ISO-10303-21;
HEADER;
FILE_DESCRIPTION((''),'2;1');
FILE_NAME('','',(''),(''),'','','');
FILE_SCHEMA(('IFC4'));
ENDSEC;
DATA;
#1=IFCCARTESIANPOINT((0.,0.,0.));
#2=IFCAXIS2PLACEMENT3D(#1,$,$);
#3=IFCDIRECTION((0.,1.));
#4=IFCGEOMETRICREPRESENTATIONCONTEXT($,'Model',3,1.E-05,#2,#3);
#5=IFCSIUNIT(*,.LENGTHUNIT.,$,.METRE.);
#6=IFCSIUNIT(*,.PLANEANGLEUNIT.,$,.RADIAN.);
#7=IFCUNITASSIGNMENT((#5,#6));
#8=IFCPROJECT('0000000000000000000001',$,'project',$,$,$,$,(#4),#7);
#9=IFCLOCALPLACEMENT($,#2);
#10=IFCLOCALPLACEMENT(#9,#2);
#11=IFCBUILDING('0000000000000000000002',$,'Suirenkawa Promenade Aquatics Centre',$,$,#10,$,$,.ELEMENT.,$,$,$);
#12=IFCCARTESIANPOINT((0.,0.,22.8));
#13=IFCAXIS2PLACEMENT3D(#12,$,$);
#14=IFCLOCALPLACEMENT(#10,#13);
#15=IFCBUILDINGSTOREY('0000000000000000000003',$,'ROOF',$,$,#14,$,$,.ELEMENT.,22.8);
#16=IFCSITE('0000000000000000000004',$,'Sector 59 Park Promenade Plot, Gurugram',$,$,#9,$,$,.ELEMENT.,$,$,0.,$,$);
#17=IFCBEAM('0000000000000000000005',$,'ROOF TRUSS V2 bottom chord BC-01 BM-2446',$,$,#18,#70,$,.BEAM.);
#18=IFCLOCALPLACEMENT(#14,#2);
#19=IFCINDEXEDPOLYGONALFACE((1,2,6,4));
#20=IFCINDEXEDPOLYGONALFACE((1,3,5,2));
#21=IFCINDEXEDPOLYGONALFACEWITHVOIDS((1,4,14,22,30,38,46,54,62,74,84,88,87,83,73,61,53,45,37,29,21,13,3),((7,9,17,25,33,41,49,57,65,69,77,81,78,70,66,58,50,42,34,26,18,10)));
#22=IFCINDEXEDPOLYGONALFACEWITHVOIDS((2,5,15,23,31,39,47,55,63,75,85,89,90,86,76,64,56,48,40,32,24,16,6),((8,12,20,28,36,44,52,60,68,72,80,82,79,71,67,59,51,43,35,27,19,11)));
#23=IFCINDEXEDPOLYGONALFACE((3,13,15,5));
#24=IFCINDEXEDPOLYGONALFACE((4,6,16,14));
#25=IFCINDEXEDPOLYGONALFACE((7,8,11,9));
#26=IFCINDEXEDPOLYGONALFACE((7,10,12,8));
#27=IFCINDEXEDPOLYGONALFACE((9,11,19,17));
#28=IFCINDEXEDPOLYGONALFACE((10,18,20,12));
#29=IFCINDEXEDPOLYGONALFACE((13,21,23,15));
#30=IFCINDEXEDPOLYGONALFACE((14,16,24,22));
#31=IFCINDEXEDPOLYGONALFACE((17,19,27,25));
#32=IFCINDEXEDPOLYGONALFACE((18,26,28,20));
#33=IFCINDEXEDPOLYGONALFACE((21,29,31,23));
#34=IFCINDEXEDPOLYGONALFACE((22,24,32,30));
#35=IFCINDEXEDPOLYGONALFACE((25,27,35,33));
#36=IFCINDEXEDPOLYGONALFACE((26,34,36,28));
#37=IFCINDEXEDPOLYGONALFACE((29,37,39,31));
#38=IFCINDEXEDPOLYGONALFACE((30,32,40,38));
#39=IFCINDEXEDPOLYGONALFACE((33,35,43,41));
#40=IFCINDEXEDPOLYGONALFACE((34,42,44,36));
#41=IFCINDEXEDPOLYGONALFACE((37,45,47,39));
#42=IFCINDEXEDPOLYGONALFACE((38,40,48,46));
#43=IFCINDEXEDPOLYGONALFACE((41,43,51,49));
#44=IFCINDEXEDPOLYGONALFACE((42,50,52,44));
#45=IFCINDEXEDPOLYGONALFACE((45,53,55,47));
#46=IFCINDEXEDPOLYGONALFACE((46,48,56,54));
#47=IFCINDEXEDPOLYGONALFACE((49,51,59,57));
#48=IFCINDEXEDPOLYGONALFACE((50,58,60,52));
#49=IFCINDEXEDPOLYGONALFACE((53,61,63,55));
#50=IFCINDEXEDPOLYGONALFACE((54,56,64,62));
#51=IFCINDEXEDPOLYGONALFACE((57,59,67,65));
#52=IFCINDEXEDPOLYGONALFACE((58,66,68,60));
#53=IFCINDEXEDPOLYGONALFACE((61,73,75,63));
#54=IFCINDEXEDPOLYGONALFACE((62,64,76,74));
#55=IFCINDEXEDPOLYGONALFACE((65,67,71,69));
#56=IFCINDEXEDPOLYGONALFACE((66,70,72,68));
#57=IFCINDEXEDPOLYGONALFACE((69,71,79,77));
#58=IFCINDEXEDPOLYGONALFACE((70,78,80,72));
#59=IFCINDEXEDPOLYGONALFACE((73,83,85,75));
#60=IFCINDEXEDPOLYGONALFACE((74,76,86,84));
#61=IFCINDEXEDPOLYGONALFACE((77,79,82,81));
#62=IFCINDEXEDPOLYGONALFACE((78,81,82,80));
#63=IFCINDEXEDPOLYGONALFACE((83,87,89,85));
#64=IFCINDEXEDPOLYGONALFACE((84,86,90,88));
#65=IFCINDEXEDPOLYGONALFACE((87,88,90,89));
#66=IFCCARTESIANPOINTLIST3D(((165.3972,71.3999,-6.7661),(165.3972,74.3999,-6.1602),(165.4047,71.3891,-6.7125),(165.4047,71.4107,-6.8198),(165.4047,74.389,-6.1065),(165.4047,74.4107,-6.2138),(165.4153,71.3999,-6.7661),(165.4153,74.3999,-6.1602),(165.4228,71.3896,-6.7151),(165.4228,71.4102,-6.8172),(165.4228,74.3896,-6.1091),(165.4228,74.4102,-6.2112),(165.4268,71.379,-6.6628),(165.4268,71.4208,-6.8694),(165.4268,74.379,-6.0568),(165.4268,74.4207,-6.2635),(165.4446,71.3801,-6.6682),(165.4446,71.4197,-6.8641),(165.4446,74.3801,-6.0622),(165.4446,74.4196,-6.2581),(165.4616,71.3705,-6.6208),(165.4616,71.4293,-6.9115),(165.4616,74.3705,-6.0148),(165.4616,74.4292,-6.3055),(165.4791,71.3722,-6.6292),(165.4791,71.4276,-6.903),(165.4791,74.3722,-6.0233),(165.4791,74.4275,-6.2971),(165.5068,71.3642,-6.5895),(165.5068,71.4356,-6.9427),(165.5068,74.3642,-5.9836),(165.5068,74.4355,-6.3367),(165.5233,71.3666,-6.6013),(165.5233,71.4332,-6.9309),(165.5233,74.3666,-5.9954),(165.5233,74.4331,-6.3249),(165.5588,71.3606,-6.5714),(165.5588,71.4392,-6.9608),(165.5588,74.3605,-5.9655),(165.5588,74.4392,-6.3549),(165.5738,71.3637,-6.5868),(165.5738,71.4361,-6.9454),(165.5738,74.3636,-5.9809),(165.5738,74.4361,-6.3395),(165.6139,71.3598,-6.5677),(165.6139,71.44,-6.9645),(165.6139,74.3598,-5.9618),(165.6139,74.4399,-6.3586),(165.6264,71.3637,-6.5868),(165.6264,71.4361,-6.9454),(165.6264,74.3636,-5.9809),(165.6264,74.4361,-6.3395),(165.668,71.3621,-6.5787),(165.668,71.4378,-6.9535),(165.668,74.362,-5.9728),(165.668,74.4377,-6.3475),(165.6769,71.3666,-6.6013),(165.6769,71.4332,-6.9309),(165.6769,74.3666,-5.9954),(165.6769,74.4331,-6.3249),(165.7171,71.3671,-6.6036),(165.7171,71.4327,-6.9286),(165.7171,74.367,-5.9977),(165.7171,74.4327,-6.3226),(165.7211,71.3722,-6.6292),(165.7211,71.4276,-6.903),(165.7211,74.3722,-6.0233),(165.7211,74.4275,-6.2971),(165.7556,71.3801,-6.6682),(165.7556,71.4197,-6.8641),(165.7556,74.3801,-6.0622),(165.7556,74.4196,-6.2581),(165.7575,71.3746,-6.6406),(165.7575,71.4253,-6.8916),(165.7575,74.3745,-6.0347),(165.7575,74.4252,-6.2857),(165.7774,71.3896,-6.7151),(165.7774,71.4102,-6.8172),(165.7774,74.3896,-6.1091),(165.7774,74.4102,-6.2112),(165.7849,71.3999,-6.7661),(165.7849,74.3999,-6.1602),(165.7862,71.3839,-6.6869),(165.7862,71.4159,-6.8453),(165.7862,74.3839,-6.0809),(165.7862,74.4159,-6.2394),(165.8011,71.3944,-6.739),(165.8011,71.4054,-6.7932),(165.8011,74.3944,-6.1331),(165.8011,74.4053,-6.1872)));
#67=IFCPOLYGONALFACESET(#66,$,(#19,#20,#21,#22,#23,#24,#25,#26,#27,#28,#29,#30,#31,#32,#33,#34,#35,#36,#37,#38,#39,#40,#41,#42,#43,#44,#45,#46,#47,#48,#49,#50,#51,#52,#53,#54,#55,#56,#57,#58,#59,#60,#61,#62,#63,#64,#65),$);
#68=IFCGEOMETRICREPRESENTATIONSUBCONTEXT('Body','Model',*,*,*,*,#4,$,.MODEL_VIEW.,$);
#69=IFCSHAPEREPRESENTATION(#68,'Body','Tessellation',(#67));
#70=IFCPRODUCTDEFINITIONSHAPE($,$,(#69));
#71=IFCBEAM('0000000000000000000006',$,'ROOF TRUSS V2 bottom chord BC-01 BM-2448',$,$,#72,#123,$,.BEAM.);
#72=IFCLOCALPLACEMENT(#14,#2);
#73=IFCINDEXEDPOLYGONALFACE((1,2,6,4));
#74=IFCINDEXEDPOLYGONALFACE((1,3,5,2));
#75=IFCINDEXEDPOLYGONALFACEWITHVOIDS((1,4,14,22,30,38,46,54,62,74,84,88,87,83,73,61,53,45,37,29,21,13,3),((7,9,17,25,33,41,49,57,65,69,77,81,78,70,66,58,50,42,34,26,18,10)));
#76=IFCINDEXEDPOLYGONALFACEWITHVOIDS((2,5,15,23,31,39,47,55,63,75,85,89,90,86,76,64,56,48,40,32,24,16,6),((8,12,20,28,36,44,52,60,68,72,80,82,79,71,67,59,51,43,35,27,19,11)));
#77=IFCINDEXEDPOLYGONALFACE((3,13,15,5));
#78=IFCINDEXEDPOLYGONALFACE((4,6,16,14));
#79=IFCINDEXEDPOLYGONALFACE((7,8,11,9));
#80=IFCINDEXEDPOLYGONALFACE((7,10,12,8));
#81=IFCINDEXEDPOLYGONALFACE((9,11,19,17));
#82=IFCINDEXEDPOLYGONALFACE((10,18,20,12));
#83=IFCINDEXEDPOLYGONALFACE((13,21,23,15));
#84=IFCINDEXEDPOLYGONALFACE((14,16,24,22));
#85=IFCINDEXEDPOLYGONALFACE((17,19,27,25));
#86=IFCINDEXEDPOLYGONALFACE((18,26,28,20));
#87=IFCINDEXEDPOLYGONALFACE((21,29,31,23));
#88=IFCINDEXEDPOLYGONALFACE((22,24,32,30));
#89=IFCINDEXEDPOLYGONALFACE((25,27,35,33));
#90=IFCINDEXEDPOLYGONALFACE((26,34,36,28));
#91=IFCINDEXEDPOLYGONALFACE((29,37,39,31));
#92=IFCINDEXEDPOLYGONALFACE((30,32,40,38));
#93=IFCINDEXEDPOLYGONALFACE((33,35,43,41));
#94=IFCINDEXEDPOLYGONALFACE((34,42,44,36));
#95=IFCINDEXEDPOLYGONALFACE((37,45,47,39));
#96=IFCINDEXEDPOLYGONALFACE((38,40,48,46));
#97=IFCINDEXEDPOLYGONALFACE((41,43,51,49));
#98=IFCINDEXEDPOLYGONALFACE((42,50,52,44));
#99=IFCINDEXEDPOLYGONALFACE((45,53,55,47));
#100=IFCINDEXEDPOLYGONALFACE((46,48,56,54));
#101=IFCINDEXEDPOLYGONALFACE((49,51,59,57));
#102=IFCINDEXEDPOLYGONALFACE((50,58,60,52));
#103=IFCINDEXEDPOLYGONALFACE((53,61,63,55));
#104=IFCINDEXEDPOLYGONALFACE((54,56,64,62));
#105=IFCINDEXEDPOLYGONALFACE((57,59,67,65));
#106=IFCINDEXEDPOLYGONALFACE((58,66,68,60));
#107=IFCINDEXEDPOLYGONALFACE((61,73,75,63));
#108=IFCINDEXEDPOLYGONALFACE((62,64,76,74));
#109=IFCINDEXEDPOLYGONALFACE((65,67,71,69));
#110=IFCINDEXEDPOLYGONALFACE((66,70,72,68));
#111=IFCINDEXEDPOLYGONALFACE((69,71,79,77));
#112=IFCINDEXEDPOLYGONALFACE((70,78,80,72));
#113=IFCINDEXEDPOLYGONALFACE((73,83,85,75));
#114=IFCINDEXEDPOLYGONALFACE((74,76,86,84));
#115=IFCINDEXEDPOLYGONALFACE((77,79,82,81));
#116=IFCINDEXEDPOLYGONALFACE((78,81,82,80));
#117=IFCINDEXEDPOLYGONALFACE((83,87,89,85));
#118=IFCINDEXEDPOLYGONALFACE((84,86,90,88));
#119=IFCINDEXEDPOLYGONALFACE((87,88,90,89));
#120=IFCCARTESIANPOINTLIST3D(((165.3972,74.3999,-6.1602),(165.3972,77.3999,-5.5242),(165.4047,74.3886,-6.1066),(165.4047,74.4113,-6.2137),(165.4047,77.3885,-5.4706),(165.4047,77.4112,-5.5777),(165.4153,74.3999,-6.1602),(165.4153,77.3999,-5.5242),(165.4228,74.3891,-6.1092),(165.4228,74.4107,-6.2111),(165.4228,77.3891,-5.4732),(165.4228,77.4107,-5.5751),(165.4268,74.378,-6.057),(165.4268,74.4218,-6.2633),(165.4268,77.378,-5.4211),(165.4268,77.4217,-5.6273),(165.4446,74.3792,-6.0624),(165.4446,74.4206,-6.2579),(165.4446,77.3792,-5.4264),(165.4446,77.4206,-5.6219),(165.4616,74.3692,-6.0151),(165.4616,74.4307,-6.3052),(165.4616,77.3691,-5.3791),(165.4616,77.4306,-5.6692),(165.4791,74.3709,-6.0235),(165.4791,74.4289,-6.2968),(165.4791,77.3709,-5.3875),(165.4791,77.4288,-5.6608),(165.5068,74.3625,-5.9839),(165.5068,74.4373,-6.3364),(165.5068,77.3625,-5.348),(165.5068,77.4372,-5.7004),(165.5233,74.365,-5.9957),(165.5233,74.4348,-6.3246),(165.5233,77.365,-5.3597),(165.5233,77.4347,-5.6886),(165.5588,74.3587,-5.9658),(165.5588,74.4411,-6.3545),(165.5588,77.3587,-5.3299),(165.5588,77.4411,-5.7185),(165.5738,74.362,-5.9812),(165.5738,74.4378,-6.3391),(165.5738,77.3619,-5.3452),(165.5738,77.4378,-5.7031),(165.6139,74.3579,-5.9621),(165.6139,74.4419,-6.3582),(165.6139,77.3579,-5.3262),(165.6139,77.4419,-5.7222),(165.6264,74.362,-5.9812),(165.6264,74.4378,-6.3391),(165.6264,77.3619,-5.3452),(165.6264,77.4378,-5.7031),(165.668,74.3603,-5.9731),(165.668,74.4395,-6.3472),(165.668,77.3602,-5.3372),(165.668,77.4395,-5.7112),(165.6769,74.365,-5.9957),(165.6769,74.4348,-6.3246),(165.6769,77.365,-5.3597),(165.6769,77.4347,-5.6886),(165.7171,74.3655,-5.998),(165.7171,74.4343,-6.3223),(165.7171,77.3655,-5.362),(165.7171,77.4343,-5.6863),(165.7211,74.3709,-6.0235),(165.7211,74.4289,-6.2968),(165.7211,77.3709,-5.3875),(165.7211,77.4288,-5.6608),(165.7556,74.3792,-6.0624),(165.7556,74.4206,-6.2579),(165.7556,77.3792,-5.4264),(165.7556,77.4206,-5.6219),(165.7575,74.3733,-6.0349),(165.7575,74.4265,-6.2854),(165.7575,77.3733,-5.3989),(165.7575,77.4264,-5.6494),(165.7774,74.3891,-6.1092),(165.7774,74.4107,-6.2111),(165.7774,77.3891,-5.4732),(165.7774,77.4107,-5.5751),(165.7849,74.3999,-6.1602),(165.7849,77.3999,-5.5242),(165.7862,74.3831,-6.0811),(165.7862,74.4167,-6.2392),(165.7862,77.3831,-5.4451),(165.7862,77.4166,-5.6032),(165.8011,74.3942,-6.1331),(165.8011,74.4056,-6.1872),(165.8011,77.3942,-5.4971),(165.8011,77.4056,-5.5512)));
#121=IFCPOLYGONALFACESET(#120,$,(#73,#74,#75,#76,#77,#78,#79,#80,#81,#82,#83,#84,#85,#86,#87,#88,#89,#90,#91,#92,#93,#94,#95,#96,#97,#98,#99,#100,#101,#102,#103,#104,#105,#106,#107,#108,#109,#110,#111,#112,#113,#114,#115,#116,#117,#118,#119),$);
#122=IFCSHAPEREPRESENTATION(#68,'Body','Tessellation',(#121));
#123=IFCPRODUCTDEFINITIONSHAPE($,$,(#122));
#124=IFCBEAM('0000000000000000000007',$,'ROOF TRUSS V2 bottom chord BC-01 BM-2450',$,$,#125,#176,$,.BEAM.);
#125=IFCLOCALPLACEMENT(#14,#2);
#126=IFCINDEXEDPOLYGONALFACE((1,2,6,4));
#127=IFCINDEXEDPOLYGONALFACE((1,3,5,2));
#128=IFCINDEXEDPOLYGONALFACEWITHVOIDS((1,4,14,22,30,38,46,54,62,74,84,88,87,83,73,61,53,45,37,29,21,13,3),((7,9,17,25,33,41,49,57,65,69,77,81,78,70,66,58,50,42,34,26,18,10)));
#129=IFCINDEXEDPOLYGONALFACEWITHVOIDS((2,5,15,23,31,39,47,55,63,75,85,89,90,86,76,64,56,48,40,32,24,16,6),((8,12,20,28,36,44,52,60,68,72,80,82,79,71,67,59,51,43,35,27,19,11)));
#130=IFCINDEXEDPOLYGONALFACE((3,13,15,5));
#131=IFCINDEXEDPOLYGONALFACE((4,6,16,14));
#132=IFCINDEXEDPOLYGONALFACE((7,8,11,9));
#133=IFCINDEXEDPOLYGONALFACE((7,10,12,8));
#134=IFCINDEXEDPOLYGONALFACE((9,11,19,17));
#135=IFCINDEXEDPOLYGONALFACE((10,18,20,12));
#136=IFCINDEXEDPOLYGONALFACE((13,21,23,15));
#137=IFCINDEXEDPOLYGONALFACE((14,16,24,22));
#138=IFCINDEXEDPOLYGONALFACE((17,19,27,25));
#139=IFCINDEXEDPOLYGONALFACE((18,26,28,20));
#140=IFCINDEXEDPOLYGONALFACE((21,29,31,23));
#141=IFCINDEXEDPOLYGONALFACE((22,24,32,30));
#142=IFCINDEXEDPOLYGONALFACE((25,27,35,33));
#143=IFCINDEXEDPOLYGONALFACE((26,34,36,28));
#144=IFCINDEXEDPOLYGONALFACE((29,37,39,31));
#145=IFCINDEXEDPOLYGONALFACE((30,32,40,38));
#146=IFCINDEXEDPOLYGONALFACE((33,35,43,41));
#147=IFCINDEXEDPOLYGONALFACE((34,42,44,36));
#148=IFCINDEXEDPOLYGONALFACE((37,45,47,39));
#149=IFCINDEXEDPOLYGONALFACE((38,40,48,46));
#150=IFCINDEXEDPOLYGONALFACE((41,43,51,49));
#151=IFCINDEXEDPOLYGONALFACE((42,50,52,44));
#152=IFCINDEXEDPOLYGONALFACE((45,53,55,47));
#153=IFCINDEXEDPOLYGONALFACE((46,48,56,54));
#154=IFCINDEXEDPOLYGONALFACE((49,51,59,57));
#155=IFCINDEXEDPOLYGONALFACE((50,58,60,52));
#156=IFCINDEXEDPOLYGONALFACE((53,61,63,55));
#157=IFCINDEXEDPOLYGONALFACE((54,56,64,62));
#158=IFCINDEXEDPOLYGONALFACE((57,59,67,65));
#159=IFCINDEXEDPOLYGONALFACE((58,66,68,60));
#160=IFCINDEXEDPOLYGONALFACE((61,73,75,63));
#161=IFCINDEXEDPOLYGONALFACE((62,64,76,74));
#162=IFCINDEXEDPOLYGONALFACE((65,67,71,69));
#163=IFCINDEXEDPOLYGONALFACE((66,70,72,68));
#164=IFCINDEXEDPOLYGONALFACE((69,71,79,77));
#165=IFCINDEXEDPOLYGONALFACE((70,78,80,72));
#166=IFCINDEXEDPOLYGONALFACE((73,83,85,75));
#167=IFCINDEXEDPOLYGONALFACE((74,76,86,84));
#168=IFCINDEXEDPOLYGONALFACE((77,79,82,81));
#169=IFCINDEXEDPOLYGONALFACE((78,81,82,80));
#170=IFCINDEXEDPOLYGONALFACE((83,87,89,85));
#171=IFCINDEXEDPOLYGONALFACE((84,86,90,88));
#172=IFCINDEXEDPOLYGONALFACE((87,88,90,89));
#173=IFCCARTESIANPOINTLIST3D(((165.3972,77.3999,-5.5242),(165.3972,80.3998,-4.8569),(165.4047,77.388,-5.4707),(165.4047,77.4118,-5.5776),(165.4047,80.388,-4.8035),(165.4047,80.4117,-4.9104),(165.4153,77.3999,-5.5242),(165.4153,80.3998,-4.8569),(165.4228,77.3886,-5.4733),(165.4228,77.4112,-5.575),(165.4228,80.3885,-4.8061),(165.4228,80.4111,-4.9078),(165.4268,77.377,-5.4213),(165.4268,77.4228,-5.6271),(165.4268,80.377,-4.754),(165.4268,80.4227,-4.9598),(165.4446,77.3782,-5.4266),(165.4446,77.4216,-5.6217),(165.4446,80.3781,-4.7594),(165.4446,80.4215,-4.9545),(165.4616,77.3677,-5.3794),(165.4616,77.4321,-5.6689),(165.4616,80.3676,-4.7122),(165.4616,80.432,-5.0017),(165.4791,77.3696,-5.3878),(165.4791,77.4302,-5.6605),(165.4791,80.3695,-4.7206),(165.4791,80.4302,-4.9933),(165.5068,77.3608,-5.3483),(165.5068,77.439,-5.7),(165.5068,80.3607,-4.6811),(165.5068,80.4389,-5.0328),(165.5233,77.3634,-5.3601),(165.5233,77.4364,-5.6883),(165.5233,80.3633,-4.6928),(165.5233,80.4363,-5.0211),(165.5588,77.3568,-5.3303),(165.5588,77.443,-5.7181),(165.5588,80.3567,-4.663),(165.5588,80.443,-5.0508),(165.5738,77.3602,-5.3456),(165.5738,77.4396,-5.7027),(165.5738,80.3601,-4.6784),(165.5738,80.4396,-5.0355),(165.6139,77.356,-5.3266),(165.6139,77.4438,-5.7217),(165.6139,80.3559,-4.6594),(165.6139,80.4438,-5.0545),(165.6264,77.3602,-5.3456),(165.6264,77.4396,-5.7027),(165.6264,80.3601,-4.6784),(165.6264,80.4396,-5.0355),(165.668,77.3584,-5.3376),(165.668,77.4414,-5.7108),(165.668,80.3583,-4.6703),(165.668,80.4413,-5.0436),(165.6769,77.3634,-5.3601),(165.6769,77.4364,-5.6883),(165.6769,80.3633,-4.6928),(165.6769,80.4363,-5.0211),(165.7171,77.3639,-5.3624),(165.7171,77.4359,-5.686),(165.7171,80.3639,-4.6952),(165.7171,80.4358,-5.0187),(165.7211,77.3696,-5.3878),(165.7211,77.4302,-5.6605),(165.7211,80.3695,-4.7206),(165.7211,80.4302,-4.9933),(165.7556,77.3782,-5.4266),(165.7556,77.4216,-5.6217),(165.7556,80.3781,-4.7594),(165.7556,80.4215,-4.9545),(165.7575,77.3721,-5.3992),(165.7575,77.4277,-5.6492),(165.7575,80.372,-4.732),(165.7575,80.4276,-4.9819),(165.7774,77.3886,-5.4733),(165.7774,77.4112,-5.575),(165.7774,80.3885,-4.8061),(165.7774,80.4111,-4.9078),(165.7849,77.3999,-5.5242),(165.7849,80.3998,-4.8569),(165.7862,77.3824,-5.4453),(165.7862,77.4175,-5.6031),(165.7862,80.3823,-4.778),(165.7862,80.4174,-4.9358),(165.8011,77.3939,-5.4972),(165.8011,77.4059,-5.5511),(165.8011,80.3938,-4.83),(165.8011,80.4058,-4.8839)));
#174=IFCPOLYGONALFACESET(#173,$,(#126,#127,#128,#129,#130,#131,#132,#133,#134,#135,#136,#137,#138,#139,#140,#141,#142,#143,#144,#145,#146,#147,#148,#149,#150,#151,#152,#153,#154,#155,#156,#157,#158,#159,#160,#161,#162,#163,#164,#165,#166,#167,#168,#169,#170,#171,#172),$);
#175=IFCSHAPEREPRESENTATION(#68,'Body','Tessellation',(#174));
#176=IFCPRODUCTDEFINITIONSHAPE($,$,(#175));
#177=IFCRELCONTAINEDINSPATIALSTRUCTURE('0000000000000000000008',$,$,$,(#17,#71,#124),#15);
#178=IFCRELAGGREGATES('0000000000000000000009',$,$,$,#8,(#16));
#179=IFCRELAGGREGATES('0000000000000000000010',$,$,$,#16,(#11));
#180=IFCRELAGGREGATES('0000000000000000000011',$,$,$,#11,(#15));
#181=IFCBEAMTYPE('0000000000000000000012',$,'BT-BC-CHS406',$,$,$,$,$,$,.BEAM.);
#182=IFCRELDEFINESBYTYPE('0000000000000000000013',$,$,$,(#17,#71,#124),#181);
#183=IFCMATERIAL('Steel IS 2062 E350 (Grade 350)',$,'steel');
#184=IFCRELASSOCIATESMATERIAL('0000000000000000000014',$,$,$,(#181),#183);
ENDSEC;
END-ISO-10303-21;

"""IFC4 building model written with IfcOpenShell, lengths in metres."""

from ifc_helpers import new_model, si_unit, direction, frame, origin, origin_2d, place, context, subcontext, project, spatial, hollow_circle, extrude, material, material_profile, profile_set, type_object, element, save


model = new_model("IFC4")

# Units and contexts
model_context = context("Model", 3, precision=1e-05, world=origin(), true_north=direction((0.0, 1.0)))
body_context = subcontext(model_context, "Body", "Model", "MODEL_VIEW")
ifc_project = project(units=[si_unit("LENGTHUNIT", "METRE"), si_unit("PLANEANGLEUNIT", "RADIAN")], contexts=[model_context])

# Site, building, storey
site_placement = place(None, origin())
site = spatial("IfcSite", under=ifc_project, at=site_placement, Name="Sector 59 Park Promenade Plot, Gurugram", CompositionType="ELEMENT", RefElevation=0.0)
building_placement = place(site_placement, origin())
building = spatial("IfcBuilding", under=site, at=building_placement, Name="Suirenkawa Promenade Aquatics Centre", CompositionType="ELEMENT")
storey_placement = place(building_placement, frame((0.0, 0.0, 22.8)))
storey = spatial("IfcBuildingStorey", under=building, at=storey_placement, Name="ROOF", CompositionType="ELEMENT", Elevation=22.8)

# Beams
ifc_material = material(Name="Steel IS 2062 E350 (Grade 350)", Category="steel")
ifc_material_profile_1 = material_profile(ifc_material, hollow_circle(Radius=0.2029, WallThickness=0.0181, at=origin_2d()), Name="CHS 406x18", Category="steel")
ifc_profile_set_1 = profile_set([ifc_material_profile_1], Name="Steel IS 2062 E350 (Grade 350)")
beam_type_1 = type_object("IfcBeamType", Name="BT-BC-CHS406", PredefinedType="BEAM", material=ifc_profile_set_1)
beam_1_placement = place(storey_placement, frame((165.6001, 71.3999, -6.7661), z_axis=(0.0, 0.980205, 0.197987), x_axis=(-1.0, 0.0, 0.0)))
element("IfcBeam", 1, at=beam_1_placement, inside=storey, type_object=beam_type_1, Name="ROOF TRUSS V2 bottom chord BC-01 BM-2446", PredefinedType="BEAM", context=body_context, shape_type="SweptSolid", body=[
    extrude(hollow_circle(Radius=0.2029, WallThickness=0.0181, at=origin_2d()), origin(), (0.0, 0.0, 1.0), 3.0605),
])
beam_2_placement = place(storey_placement, frame((165.6001, 74.3999, -6.1602), z_axis=(0.0, 0.978259, 0.207386), x_axis=(-1.0, 0.0, 0.0)))
element("IfcBeam", 2, at=beam_2_placement, inside=storey, type_object=beam_type_1, Name="ROOF TRUSS V2 bottom chord BC-01 BM-2448", PredefinedType="BEAM", context=body_context, shape_type="SweptSolid", body=[
    extrude(hollow_circle(Radius=0.2029, WallThickness=0.0181, at=origin_2d()), origin(), (0.0, 0.0, 1.0), 3.0667),
])
beam_3_placement = place(storey_placement, frame((165.6001, 77.3999, -5.5242), z_axis=(0.0, 0.976148, 0.217107), x_axis=(-1.0, 0.0, 0.0)))
element("IfcBeam", 3, at=beam_3_placement, inside=storey, type_object=beam_type_1, Name="ROOF TRUSS V2 bottom chord BC-01 BM-2450", PredefinedType="BEAM", context=body_context, shape_type="SweptSolid", body=[
    extrude(hollow_circle(Radius=0.2029, WallThickness=0.0181, at=origin_2d()), origin(), (0.0, 0.0, 1.0), 3.0732),
])

save(model, "model.ifc")
